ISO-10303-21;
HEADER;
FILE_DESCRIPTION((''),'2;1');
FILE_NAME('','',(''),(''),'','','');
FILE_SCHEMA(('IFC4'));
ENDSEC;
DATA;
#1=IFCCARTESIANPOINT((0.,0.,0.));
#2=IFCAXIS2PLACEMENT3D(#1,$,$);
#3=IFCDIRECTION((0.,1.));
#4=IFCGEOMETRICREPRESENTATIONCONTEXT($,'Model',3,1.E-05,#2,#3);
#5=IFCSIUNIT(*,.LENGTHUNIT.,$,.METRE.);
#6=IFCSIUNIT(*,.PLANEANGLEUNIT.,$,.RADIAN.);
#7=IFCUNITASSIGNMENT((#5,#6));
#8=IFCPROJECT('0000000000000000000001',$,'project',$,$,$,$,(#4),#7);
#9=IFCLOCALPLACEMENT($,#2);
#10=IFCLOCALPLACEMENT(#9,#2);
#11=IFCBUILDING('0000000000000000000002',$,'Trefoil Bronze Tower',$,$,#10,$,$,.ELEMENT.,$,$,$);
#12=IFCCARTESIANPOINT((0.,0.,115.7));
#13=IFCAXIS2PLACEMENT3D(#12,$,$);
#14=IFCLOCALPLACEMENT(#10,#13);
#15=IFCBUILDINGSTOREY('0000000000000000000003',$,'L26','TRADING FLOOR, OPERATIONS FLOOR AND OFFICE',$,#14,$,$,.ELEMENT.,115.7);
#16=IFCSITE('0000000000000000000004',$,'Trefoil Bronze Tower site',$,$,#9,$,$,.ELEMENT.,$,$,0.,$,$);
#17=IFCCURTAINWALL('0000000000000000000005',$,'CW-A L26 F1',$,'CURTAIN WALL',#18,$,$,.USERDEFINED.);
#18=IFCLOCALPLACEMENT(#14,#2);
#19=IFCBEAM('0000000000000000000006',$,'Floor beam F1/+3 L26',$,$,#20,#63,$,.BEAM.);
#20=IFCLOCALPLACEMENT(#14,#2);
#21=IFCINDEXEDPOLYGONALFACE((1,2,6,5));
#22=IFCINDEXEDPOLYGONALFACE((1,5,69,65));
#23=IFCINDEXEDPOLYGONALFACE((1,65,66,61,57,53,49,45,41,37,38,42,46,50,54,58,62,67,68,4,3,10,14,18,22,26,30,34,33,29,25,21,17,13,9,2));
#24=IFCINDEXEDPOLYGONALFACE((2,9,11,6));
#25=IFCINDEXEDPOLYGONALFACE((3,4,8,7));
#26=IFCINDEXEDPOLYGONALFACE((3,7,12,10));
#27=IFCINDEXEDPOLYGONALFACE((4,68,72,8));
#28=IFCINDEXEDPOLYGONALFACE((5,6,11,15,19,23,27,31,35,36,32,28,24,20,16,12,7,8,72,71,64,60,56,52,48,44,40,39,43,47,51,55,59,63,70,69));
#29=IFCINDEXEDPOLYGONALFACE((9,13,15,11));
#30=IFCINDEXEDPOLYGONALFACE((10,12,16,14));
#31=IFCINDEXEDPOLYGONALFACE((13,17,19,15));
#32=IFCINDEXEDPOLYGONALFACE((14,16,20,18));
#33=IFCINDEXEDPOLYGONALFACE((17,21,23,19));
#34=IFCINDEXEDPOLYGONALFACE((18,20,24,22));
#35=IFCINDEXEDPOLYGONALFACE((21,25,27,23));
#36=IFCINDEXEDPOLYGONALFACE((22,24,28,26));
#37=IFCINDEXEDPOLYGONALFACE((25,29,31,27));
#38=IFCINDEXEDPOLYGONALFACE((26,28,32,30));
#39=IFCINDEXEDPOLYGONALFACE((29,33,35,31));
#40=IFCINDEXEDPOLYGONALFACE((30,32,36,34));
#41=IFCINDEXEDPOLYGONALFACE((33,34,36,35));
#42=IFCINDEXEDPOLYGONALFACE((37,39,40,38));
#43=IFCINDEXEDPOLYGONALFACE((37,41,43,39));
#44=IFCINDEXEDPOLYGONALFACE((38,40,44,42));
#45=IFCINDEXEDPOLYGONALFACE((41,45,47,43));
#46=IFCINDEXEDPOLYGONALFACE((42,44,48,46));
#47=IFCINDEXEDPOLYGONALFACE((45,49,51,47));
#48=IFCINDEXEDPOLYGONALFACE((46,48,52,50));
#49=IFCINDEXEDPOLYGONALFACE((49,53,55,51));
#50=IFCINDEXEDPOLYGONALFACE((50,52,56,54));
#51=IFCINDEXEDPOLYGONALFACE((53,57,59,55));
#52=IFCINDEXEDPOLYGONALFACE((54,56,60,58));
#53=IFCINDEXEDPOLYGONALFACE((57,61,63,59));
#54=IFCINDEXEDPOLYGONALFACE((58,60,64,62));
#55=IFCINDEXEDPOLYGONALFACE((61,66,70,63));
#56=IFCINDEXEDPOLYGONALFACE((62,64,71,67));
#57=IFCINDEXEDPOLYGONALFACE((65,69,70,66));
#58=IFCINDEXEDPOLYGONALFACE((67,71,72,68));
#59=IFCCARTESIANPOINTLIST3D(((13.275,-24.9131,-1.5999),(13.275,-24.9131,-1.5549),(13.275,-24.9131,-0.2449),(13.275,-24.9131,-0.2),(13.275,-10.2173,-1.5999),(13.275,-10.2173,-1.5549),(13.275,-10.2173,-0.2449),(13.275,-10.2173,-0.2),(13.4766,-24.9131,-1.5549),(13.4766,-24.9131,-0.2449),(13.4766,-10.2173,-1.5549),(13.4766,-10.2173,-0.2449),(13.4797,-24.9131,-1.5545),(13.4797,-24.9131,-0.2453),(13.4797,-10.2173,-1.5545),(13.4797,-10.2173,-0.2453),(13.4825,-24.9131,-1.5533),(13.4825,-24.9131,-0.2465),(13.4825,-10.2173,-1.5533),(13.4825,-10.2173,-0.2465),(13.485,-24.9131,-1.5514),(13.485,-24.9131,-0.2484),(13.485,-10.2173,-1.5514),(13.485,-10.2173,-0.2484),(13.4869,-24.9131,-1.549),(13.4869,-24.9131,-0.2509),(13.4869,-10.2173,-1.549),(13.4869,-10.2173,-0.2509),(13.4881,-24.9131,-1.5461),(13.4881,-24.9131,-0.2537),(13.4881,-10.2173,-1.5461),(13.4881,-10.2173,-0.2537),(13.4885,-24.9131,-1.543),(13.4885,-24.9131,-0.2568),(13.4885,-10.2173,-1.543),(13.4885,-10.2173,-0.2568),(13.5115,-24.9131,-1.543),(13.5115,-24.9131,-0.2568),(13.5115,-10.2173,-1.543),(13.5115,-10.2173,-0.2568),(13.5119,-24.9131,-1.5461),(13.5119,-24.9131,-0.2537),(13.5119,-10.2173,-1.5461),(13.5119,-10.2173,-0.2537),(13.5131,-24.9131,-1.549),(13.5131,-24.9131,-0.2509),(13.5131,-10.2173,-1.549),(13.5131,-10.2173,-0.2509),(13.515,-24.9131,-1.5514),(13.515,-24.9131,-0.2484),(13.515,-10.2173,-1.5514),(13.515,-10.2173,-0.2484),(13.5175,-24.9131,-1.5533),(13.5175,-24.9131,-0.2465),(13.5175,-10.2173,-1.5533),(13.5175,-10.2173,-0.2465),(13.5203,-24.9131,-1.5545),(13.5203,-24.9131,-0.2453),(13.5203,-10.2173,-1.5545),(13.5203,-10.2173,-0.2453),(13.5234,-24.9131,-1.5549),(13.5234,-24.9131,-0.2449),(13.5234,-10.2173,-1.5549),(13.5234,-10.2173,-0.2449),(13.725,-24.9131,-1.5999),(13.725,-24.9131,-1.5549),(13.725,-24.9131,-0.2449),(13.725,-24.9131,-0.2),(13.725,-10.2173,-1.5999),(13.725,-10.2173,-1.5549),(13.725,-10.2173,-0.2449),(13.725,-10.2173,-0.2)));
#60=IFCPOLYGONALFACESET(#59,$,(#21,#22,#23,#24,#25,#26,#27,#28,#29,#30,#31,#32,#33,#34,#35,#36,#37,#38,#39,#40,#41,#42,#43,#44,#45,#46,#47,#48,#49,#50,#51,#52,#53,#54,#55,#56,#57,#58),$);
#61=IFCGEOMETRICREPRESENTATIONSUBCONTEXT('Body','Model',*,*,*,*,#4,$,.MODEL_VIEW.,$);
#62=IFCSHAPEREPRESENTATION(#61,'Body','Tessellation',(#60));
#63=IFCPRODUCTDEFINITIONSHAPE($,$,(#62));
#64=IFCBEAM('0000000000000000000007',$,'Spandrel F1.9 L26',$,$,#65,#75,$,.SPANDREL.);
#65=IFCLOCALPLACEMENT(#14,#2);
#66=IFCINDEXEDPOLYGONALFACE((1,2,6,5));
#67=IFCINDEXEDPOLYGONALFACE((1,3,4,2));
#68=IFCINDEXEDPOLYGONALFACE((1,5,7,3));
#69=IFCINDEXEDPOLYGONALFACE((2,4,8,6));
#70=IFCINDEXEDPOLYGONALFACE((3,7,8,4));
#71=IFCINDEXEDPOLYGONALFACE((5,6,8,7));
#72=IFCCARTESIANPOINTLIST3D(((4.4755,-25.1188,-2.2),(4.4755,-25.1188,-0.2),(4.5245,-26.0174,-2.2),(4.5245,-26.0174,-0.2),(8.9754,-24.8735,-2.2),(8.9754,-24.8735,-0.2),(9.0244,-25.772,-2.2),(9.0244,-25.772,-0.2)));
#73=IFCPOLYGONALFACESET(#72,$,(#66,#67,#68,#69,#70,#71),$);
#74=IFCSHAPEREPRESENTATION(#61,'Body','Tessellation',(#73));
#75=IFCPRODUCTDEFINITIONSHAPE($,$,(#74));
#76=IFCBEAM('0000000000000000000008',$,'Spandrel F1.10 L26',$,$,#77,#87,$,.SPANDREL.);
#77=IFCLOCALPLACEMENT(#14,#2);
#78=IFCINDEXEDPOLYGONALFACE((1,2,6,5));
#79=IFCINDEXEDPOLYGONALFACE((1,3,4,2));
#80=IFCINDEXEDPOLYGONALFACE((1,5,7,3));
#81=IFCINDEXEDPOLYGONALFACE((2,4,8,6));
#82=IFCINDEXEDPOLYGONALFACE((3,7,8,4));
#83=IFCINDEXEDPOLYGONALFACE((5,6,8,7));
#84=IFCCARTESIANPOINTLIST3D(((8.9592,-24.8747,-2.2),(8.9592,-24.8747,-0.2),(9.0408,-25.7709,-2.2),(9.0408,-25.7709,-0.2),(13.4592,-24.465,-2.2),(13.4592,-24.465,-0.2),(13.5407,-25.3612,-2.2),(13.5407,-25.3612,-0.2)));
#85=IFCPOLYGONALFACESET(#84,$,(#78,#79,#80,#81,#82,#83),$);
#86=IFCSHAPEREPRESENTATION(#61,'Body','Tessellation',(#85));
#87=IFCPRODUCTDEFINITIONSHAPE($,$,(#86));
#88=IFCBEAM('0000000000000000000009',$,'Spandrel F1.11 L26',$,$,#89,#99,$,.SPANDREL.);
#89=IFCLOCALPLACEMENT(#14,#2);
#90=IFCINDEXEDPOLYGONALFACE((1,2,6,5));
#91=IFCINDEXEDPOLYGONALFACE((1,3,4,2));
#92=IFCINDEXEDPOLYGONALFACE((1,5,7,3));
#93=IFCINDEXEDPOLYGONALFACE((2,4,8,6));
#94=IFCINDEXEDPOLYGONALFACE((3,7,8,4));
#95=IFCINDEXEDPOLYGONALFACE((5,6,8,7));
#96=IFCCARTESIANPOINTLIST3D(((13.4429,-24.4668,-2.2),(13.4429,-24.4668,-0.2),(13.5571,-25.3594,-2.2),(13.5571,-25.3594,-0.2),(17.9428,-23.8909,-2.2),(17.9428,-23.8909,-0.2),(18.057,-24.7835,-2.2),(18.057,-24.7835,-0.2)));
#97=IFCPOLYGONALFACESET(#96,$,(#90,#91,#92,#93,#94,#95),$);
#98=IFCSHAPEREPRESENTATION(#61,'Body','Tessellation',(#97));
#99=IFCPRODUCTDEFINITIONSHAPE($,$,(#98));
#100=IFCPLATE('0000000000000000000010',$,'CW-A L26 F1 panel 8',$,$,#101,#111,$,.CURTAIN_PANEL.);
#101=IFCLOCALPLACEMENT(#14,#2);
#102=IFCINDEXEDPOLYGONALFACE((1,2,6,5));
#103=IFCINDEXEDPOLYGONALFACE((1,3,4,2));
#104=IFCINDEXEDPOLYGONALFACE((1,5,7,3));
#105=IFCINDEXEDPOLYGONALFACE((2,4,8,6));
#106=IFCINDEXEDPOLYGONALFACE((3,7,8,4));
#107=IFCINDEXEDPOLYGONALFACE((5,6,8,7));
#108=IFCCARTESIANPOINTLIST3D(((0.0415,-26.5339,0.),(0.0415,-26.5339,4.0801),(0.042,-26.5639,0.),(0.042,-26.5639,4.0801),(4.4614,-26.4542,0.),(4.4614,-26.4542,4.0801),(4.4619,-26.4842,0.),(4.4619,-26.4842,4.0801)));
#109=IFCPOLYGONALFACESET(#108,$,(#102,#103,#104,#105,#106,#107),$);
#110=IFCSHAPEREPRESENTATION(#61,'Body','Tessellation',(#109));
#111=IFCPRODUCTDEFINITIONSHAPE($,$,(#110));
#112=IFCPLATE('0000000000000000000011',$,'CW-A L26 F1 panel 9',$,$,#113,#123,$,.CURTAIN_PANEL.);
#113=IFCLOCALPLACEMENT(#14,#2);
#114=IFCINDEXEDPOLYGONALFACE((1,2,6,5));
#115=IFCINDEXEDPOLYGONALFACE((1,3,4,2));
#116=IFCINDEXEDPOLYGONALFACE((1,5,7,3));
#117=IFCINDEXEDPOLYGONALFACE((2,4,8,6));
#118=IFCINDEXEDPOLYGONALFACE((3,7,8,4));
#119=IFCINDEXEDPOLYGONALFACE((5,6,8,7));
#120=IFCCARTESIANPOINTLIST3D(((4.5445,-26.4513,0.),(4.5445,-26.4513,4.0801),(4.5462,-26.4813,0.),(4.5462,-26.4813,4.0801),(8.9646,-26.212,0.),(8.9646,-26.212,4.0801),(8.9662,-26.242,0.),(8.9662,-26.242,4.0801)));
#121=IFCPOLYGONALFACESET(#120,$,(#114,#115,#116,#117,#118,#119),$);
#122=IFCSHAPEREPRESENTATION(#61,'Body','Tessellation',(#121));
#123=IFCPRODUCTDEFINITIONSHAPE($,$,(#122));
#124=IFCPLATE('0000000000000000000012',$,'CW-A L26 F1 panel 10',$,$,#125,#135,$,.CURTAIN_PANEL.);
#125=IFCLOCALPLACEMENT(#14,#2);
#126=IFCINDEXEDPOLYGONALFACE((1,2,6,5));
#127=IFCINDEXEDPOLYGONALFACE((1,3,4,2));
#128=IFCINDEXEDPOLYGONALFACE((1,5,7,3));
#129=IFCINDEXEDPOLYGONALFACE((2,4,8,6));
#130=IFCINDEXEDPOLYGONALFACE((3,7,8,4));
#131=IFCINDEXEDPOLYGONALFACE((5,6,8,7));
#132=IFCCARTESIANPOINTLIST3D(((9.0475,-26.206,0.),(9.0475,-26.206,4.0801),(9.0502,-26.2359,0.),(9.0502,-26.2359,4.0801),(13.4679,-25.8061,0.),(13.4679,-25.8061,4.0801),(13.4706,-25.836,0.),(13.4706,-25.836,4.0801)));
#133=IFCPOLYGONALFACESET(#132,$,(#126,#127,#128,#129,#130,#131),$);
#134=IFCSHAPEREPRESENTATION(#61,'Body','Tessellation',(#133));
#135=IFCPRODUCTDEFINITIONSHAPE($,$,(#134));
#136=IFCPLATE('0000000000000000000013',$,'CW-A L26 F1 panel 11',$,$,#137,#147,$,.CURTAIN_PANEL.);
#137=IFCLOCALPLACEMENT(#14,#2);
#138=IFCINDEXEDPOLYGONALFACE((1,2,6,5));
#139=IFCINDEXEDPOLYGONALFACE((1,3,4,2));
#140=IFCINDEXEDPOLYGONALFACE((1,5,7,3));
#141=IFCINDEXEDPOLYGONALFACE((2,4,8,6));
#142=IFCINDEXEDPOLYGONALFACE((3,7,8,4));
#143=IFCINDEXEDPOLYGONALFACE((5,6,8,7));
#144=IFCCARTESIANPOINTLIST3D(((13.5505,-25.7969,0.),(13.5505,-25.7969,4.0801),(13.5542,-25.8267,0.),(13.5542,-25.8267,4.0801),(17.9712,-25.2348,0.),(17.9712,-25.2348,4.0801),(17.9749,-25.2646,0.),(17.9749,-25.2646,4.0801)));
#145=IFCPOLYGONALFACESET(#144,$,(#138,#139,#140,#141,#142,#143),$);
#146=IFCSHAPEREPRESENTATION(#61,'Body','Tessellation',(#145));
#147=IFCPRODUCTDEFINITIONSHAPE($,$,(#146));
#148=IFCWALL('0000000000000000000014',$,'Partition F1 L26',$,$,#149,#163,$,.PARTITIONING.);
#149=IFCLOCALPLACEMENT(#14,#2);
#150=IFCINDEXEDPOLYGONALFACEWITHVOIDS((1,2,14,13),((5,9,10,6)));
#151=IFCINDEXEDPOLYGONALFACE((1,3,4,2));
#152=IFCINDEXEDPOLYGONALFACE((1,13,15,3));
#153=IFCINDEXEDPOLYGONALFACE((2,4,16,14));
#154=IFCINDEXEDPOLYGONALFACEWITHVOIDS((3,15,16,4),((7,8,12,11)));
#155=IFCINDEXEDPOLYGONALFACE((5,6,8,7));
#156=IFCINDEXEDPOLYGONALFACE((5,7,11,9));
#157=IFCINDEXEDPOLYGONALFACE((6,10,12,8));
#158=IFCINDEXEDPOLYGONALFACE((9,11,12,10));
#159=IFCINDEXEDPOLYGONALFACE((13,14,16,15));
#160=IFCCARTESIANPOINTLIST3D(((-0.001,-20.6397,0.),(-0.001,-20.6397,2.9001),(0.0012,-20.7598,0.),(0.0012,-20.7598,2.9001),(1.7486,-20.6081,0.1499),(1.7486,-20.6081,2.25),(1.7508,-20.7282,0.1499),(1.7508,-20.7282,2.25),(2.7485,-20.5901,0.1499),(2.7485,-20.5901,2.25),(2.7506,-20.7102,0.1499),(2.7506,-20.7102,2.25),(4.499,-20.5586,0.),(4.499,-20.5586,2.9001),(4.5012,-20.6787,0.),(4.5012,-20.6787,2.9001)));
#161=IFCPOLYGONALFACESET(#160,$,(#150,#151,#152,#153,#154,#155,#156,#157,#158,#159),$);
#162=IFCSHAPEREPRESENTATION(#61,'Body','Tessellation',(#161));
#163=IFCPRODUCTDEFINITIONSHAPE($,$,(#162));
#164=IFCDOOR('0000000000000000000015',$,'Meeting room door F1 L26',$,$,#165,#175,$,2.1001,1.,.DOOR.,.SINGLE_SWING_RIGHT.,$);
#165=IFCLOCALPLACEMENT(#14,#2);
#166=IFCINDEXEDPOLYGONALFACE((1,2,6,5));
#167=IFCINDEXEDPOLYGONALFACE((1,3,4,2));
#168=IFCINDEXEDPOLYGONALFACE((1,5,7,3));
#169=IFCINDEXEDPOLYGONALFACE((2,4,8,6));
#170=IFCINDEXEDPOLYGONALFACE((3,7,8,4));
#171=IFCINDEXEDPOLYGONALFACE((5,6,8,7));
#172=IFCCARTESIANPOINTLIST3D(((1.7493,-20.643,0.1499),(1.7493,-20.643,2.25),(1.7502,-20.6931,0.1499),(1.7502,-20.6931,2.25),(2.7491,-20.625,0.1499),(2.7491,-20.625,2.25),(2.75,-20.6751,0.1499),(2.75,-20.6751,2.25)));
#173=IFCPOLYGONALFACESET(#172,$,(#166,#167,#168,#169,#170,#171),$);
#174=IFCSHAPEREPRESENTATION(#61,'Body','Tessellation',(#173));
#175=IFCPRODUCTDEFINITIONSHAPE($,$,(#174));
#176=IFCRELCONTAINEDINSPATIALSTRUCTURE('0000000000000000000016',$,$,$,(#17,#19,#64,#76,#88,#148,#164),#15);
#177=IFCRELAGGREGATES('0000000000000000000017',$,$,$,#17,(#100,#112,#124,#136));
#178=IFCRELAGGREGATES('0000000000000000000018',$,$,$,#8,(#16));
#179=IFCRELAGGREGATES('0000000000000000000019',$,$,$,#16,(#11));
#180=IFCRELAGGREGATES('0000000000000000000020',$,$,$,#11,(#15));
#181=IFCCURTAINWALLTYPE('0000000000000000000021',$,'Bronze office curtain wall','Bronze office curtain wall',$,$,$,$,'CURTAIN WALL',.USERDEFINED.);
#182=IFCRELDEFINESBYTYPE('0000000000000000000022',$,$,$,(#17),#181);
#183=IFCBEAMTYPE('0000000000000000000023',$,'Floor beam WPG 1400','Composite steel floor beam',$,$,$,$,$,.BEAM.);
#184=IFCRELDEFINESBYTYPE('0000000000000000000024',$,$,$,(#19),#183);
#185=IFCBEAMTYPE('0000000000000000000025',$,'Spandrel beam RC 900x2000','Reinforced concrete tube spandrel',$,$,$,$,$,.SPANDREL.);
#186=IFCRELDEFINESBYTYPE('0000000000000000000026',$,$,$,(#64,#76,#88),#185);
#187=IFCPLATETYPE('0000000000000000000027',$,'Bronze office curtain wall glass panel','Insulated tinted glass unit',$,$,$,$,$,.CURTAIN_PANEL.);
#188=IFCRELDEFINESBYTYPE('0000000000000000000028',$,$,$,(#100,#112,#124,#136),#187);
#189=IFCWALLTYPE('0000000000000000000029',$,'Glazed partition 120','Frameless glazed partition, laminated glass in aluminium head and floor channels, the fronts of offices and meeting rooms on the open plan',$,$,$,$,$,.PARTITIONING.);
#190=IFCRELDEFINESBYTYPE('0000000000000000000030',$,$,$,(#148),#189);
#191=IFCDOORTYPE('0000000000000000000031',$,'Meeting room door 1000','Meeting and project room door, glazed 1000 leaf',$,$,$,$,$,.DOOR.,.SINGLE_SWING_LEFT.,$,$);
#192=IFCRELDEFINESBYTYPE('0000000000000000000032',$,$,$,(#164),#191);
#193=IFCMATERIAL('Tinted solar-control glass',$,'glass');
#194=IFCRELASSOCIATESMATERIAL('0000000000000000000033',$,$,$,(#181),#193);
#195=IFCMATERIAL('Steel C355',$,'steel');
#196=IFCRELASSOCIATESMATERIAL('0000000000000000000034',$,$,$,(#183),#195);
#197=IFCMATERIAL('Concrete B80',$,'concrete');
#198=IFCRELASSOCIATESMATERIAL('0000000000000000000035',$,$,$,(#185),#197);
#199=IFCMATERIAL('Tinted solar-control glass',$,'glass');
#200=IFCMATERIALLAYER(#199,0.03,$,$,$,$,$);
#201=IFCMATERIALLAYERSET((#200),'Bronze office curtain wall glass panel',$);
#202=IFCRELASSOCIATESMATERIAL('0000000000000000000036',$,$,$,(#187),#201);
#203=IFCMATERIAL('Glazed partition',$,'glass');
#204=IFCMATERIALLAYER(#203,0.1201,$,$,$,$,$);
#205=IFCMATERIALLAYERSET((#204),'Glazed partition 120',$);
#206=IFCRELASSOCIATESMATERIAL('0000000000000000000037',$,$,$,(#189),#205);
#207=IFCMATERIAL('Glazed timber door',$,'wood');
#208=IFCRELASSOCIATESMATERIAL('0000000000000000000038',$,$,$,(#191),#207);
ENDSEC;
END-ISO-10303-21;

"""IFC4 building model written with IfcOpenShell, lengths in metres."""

from ifc_helpers import new_model, si_unit, direction, frame, frame_2d, origin, origin_2d, place, context, subcontext, project, spatial, rectangle, i_section, extrude, material, layer, layer_set, material_profile, profile_set, type_object, element, fill, aggregate, save


model = new_model("IFC4")

# Units and contexts
model_context = context("Model", 3, precision=1e-05, world=origin(), true_north=direction((0.0, 1.0)))
body_context = subcontext(model_context, "Body", "Model", "MODEL_VIEW")
ifc_project = project(units=[si_unit("LENGTHUNIT", "METRE"), si_unit("PLANEANGLEUNIT", "RADIAN")], contexts=[model_context])

# Site, building, storey
site_placement = place(None, origin())
site = spatial("IfcSite", under=ifc_project, at=site_placement, Name="Trefoil Bronze Tower site", CompositionType="ELEMENT", RefElevation=0.0)
building_placement = place(site_placement, origin())
building = spatial("IfcBuilding", under=site, at=building_placement, Name="Trefoil Bronze Tower", CompositionType="ELEMENT")
storey_placement = place(building_placement, frame((0.0, 0.0, 115.7)))
storey = spatial("IfcBuildingStorey", under=building, at=storey_placement, Name="L26", Description="TRADING FLOOR, OPERATIONS FLOOR AND OFFICE", CompositionType="ELEMENT", Elevation=115.7)

# Curtain wall
ifc_material_1 = material(Name="Tinted solar-control glass", Category="glass")
curtain_wall_type = type_object("IfcCurtainWallType", Name="Bronze office curtain wall", Description="Bronze office curtain wall", ElementType="CURTAIN WALL", PredefinedType="USERDEFINED", material=ifc_material_1)
curtain_wall_placement = place(storey_placement, origin())
curtain_wall = element("IfcCurtainWall", 1, at=curtain_wall_placement, inside=storey, type_object=curtain_wall_type, Name="CW-A L26 F1", ObjectType="CURTAIN WALL", PredefinedType="USERDEFINED")

# Beams
ifc_material_2 = material(Name="Steel C355", Category="steel")
ifc_material_profile_1 = material_profile(ifc_material_2, i_section(OverallWidth=0.45, OverallDepth=1.3999, WebThickness=0.0229, FlangeThickness=0.0449, FilletRadius=0.012, at=origin_2d()), Name="WPG 1400")
ifc_profile_set_1 = profile_set([ifc_material_profile_1], Name="Steel C355")
beam_type_1 = type_object("IfcBeamType", Name="Floor beam WPG 1400", Description="Composite steel floor beam", PredefinedType="BEAM", material=ifc_profile_set_1)
beam_1_placement = place(storey_placement, frame((13.5, -24.9131, -0.8999), z_axis=(0.0, 1.0, 0.0), x_axis=(-1.0, 0.0, 0.0)))
element("IfcBeam", 2, at=beam_1_placement, inside=storey, type_object=beam_type_1, Name="Floor beam F1/+3 L26", PredefinedType="BEAM", context=body_context, shape_type="SweptSolid", body=[
    extrude(i_section(OverallWidth=0.45, OverallDepth=1.3999, WebThickness=0.0229, FlangeThickness=0.0449, FilletRadius=0.012, at=origin_2d()), origin(), (0.0, 0.0, 1.0), 14.6958),
])
ifc_material_3 = material(Name="Concrete B80", Category="concrete")
ifc_material_profile_2 = material_profile(ifc_material_3, rectangle(XDim=0.8999, YDim=2.0, at=origin_2d()), Name="RC 900x2000")
ifc_profile_set_2 = profile_set([ifc_material_profile_2], Name="Concrete B80")
beam_type_2 = type_object("IfcBeamType", Name="Spandrel beam RC 900x2000", Description="Reinforced concrete tube spandrel", PredefinedType="SPANDREL", material=ifc_profile_set_2)
beam_2_placement = place(storey_placement, frame((4.5, -25.5681, -1.2), z_axis=(0.998517, 0.054444, 0.0), x_axis=(-0.054444, 0.998517, 0.0)))
element("IfcBeam", 3, at=beam_2_placement, inside=storey, type_object=beam_type_2, Name="Spandrel F1.9 L26", PredefinedType="SPANDREL", context=body_context, shape_type="SweptSolid", body=[
    extrude(rectangle(XDim=0.8999, YDim=2.0, at=origin_2d()), origin(), (0.0, 0.0, 1.0), 4.5066),
])
beam_3_placement = place(storey_placement, frame((9.0, -25.3228, -1.2), z_axis=(0.995882, 0.090662, 0.0), x_axis=(-0.090662, 0.995882, 0.0)))
element("IfcBeam", 4, at=beam_3_placement, inside=storey, type_object=beam_type_2, Name="Spandrel F1.10 L26", PredefinedType="SPANDREL", context=body_context, shape_type="SweptSolid", body=[
    extrude(rectangle(XDim=0.8999, YDim=2.0, at=origin_2d()), origin(), (0.0, 0.0, 1.0), 4.5186),
])
beam_4_placement = place(storey_placement, frame((13.5, -24.9131, -1.2), z_axis=(0.991909, 0.126948, 0.0), x_axis=(-0.126948, 0.991909, 0.0)))
element("IfcBeam", 5, at=beam_4_placement, inside=storey, type_object=beam_type_2, Name="Spandrel F1.11 L26", PredefinedType="SPANDREL", context=body_context, shape_type="SweptSolid", body=[
    extrude(rectangle(XDim=0.8999, YDim=2.0, at=origin_2d()), origin(), (0.0, 0.0, 1.0), 4.5366),
])

# Plates
ifc_material_4 = material(Name="Tinted solar-control glass", Category="glass")
ifc_layer_1 = layer(ifc_material_4, 0.03)
ifc_layer_set_1 = layer_set([ifc_layer_1], Name="Bronze office curtain wall glass panel")
plate_type = type_object("IfcPlateType", Name="Bronze office curtain wall glass panel", Description="Insulated tinted glass unit", PredefinedType="CURTAIN_PANEL", material=ifc_layer_set_1)
plate_1_placement = place(storey_placement, frame((2.2517, -26.509, 0.0), z_axis=(0.0, 0.0, 1.0), x_axis=(0.999838, 0.018021, 0.0)))
plate_1 = element("IfcPlate", 6, at=plate_1_placement, type_object=plate_type, Name="CW-A L26 F1 panel 8", PredefinedType="CURTAIN_PANEL", context=body_context, shape_type="SweptSolid", body=[
    extrude(rectangle(XDim=4.4207, YDim=0.03, at=origin_2d()), origin(), (0.0, 0.0, 1.0), 4.0801),
])
plate_2_placement = place(storey_placement, frame((6.7554, -26.3467, 0.0), z_axis=(0.0, 0.0, 1.0), x_axis=(0.998538, 0.054063, 0.0)))
plate_2 = element("IfcPlate", 7, at=plate_2_placement, type_object=plate_type, Name="CW-A L26 F1 panel 9", PredefinedType="CURTAIN_PANEL", context=body_context, shape_type="SweptSolid", body=[
    extrude(rectangle(XDim=4.4265, YDim=0.03, at=origin_2d()), origin(), (0.0, 0.0, 1.0), 4.0801),
])
plate_3_placement = place(storey_placement, frame((11.259, -26.021, 0.0), z_axis=(0.0, 0.0, 1.0), x_axis=(0.995932, 0.090105, 0.0)))
plate_3 = element("IfcPlate", 8, at=plate_3_placement, type_object=plate_type, Name="CW-A L26 F1 panel 10", PredefinedType="CURTAIN_PANEL", context=body_context, shape_type="SweptSolid", body=[
    extrude(rectangle(XDim=4.4385, YDim=0.03, at=origin_2d()), origin(), (0.0, 0.0, 1.0), 4.0801),
])
plate_4_placement = place(storey_placement, frame((15.7627, -25.5308, 0.0), z_axis=(0.0, 0.0, 1.0), x_axis=(0.992012, 0.126147, 0.0)))
plate_4 = element("IfcPlate", 9, at=plate_4_placement, type_object=plate_type, Name="CW-A L26 F1 panel 11", PredefinedType="CURTAIN_PANEL", context=body_context, shape_type="SweptSolid", body=[
    extrude(rectangle(XDim=4.4563, YDim=0.03, at=origin_2d()), origin(), (0.0, 0.0, 1.0), 4.0801),
])
aggregate(curtain_wall, [plate_1, plate_2, plate_3, plate_4])

# Wall, opening, door
ifc_material_5 = material(Name="Glazed partition", Category="glass")
ifc_layer_2 = layer(ifc_material_5, 0.1201)
ifc_layer_set_2 = layer_set([ifc_layer_2], Name="Glazed partition 120")
wall_type = type_object("IfcWallType", Name="Glazed partition 120", Description="Frameless glazed partition, laminated glass in aluminium head and floor channels, the fronts of offices and meeting rooms on the open plan", PredefinedType="PARTITIONING", material=ifc_layer_set_2)
wall_1_placement = place(storey_placement, frame((0.0, -20.6997, 0.0), z_axis=(0.0, 0.0, 1.0), x_axis=(0.999838, 0.018009, 0.0)))
wall_1 = element("IfcWall", 10, at=wall_1_placement, inside=storey, type_object=wall_type, Name="Partition F1 L26", PredefinedType="PARTITIONING", context=body_context, shape_type="SweptSolid", body=[
    extrude(rectangle(XDim=4.5007, YDim=0.1201, at=frame_2d((2.2505, 0.0))), origin(), (0.0, 0.0, 1.0), 2.9001),
])
opening_1_placement = place(wall_1_placement, frame((1.75, 0.0, 0.1499)))
opening_1 = element("IfcOpeningElement", 11, at=opening_1_placement, cuts=wall_1, PredefinedType="OPENING", context=body_context, shape_type="SweptSolid", body=[
    extrude(rectangle(XDim=1.0, YDim=2.1001, at=frame_2d((0.5, 1.05))), frame((0.0, 0.0701, 0.0), z_axis=(0.0, -1.0, 0.0), x_axis=(1.0, 0.0, 0.0)), (0.0, 0.0, 1.0), 0.1401),
])
ifc_material_6 = material(Name="Glazed timber door", Category="wood")
door_type_1 = type_object("IfcDoorType", Name="Meeting room door 1000", Description="Meeting and project room door, glazed 1000 leaf", OperationType="SINGLE_SWING_LEFT", PredefinedType="DOOR", material=ifc_material_6)
door_1_placement = place(opening_1_placement, frame((1.0, 0.0, 0.0), z_axis=(0.0, 0.0, 1.0), x_axis=(-1.0, 0.0, 0.0)))
door_1 = element("IfcDoor", 12, at=door_1_placement, inside=storey, type_object=door_type_1, Name="Meeting room door F1 L26", OperationType="SINGLE_SWING_RIGHT", OverallHeight=2.1001, OverallWidth=1.0, PredefinedType="DOOR", context=body_context, shape_type="SweptSolid", body=[
    extrude(rectangle(XDim=1.0, YDim=2.1001, at=frame_2d((0.5, 1.05))), frame((0.0, 0.0249, 0.0), z_axis=(0.0, -1.0, 0.0), x_axis=(1.0, 0.0, 0.0)), (0.0, 0.0, 1.0), 0.05),
])
fill(opening_1, door_1)

save(model, "model.ifc")
